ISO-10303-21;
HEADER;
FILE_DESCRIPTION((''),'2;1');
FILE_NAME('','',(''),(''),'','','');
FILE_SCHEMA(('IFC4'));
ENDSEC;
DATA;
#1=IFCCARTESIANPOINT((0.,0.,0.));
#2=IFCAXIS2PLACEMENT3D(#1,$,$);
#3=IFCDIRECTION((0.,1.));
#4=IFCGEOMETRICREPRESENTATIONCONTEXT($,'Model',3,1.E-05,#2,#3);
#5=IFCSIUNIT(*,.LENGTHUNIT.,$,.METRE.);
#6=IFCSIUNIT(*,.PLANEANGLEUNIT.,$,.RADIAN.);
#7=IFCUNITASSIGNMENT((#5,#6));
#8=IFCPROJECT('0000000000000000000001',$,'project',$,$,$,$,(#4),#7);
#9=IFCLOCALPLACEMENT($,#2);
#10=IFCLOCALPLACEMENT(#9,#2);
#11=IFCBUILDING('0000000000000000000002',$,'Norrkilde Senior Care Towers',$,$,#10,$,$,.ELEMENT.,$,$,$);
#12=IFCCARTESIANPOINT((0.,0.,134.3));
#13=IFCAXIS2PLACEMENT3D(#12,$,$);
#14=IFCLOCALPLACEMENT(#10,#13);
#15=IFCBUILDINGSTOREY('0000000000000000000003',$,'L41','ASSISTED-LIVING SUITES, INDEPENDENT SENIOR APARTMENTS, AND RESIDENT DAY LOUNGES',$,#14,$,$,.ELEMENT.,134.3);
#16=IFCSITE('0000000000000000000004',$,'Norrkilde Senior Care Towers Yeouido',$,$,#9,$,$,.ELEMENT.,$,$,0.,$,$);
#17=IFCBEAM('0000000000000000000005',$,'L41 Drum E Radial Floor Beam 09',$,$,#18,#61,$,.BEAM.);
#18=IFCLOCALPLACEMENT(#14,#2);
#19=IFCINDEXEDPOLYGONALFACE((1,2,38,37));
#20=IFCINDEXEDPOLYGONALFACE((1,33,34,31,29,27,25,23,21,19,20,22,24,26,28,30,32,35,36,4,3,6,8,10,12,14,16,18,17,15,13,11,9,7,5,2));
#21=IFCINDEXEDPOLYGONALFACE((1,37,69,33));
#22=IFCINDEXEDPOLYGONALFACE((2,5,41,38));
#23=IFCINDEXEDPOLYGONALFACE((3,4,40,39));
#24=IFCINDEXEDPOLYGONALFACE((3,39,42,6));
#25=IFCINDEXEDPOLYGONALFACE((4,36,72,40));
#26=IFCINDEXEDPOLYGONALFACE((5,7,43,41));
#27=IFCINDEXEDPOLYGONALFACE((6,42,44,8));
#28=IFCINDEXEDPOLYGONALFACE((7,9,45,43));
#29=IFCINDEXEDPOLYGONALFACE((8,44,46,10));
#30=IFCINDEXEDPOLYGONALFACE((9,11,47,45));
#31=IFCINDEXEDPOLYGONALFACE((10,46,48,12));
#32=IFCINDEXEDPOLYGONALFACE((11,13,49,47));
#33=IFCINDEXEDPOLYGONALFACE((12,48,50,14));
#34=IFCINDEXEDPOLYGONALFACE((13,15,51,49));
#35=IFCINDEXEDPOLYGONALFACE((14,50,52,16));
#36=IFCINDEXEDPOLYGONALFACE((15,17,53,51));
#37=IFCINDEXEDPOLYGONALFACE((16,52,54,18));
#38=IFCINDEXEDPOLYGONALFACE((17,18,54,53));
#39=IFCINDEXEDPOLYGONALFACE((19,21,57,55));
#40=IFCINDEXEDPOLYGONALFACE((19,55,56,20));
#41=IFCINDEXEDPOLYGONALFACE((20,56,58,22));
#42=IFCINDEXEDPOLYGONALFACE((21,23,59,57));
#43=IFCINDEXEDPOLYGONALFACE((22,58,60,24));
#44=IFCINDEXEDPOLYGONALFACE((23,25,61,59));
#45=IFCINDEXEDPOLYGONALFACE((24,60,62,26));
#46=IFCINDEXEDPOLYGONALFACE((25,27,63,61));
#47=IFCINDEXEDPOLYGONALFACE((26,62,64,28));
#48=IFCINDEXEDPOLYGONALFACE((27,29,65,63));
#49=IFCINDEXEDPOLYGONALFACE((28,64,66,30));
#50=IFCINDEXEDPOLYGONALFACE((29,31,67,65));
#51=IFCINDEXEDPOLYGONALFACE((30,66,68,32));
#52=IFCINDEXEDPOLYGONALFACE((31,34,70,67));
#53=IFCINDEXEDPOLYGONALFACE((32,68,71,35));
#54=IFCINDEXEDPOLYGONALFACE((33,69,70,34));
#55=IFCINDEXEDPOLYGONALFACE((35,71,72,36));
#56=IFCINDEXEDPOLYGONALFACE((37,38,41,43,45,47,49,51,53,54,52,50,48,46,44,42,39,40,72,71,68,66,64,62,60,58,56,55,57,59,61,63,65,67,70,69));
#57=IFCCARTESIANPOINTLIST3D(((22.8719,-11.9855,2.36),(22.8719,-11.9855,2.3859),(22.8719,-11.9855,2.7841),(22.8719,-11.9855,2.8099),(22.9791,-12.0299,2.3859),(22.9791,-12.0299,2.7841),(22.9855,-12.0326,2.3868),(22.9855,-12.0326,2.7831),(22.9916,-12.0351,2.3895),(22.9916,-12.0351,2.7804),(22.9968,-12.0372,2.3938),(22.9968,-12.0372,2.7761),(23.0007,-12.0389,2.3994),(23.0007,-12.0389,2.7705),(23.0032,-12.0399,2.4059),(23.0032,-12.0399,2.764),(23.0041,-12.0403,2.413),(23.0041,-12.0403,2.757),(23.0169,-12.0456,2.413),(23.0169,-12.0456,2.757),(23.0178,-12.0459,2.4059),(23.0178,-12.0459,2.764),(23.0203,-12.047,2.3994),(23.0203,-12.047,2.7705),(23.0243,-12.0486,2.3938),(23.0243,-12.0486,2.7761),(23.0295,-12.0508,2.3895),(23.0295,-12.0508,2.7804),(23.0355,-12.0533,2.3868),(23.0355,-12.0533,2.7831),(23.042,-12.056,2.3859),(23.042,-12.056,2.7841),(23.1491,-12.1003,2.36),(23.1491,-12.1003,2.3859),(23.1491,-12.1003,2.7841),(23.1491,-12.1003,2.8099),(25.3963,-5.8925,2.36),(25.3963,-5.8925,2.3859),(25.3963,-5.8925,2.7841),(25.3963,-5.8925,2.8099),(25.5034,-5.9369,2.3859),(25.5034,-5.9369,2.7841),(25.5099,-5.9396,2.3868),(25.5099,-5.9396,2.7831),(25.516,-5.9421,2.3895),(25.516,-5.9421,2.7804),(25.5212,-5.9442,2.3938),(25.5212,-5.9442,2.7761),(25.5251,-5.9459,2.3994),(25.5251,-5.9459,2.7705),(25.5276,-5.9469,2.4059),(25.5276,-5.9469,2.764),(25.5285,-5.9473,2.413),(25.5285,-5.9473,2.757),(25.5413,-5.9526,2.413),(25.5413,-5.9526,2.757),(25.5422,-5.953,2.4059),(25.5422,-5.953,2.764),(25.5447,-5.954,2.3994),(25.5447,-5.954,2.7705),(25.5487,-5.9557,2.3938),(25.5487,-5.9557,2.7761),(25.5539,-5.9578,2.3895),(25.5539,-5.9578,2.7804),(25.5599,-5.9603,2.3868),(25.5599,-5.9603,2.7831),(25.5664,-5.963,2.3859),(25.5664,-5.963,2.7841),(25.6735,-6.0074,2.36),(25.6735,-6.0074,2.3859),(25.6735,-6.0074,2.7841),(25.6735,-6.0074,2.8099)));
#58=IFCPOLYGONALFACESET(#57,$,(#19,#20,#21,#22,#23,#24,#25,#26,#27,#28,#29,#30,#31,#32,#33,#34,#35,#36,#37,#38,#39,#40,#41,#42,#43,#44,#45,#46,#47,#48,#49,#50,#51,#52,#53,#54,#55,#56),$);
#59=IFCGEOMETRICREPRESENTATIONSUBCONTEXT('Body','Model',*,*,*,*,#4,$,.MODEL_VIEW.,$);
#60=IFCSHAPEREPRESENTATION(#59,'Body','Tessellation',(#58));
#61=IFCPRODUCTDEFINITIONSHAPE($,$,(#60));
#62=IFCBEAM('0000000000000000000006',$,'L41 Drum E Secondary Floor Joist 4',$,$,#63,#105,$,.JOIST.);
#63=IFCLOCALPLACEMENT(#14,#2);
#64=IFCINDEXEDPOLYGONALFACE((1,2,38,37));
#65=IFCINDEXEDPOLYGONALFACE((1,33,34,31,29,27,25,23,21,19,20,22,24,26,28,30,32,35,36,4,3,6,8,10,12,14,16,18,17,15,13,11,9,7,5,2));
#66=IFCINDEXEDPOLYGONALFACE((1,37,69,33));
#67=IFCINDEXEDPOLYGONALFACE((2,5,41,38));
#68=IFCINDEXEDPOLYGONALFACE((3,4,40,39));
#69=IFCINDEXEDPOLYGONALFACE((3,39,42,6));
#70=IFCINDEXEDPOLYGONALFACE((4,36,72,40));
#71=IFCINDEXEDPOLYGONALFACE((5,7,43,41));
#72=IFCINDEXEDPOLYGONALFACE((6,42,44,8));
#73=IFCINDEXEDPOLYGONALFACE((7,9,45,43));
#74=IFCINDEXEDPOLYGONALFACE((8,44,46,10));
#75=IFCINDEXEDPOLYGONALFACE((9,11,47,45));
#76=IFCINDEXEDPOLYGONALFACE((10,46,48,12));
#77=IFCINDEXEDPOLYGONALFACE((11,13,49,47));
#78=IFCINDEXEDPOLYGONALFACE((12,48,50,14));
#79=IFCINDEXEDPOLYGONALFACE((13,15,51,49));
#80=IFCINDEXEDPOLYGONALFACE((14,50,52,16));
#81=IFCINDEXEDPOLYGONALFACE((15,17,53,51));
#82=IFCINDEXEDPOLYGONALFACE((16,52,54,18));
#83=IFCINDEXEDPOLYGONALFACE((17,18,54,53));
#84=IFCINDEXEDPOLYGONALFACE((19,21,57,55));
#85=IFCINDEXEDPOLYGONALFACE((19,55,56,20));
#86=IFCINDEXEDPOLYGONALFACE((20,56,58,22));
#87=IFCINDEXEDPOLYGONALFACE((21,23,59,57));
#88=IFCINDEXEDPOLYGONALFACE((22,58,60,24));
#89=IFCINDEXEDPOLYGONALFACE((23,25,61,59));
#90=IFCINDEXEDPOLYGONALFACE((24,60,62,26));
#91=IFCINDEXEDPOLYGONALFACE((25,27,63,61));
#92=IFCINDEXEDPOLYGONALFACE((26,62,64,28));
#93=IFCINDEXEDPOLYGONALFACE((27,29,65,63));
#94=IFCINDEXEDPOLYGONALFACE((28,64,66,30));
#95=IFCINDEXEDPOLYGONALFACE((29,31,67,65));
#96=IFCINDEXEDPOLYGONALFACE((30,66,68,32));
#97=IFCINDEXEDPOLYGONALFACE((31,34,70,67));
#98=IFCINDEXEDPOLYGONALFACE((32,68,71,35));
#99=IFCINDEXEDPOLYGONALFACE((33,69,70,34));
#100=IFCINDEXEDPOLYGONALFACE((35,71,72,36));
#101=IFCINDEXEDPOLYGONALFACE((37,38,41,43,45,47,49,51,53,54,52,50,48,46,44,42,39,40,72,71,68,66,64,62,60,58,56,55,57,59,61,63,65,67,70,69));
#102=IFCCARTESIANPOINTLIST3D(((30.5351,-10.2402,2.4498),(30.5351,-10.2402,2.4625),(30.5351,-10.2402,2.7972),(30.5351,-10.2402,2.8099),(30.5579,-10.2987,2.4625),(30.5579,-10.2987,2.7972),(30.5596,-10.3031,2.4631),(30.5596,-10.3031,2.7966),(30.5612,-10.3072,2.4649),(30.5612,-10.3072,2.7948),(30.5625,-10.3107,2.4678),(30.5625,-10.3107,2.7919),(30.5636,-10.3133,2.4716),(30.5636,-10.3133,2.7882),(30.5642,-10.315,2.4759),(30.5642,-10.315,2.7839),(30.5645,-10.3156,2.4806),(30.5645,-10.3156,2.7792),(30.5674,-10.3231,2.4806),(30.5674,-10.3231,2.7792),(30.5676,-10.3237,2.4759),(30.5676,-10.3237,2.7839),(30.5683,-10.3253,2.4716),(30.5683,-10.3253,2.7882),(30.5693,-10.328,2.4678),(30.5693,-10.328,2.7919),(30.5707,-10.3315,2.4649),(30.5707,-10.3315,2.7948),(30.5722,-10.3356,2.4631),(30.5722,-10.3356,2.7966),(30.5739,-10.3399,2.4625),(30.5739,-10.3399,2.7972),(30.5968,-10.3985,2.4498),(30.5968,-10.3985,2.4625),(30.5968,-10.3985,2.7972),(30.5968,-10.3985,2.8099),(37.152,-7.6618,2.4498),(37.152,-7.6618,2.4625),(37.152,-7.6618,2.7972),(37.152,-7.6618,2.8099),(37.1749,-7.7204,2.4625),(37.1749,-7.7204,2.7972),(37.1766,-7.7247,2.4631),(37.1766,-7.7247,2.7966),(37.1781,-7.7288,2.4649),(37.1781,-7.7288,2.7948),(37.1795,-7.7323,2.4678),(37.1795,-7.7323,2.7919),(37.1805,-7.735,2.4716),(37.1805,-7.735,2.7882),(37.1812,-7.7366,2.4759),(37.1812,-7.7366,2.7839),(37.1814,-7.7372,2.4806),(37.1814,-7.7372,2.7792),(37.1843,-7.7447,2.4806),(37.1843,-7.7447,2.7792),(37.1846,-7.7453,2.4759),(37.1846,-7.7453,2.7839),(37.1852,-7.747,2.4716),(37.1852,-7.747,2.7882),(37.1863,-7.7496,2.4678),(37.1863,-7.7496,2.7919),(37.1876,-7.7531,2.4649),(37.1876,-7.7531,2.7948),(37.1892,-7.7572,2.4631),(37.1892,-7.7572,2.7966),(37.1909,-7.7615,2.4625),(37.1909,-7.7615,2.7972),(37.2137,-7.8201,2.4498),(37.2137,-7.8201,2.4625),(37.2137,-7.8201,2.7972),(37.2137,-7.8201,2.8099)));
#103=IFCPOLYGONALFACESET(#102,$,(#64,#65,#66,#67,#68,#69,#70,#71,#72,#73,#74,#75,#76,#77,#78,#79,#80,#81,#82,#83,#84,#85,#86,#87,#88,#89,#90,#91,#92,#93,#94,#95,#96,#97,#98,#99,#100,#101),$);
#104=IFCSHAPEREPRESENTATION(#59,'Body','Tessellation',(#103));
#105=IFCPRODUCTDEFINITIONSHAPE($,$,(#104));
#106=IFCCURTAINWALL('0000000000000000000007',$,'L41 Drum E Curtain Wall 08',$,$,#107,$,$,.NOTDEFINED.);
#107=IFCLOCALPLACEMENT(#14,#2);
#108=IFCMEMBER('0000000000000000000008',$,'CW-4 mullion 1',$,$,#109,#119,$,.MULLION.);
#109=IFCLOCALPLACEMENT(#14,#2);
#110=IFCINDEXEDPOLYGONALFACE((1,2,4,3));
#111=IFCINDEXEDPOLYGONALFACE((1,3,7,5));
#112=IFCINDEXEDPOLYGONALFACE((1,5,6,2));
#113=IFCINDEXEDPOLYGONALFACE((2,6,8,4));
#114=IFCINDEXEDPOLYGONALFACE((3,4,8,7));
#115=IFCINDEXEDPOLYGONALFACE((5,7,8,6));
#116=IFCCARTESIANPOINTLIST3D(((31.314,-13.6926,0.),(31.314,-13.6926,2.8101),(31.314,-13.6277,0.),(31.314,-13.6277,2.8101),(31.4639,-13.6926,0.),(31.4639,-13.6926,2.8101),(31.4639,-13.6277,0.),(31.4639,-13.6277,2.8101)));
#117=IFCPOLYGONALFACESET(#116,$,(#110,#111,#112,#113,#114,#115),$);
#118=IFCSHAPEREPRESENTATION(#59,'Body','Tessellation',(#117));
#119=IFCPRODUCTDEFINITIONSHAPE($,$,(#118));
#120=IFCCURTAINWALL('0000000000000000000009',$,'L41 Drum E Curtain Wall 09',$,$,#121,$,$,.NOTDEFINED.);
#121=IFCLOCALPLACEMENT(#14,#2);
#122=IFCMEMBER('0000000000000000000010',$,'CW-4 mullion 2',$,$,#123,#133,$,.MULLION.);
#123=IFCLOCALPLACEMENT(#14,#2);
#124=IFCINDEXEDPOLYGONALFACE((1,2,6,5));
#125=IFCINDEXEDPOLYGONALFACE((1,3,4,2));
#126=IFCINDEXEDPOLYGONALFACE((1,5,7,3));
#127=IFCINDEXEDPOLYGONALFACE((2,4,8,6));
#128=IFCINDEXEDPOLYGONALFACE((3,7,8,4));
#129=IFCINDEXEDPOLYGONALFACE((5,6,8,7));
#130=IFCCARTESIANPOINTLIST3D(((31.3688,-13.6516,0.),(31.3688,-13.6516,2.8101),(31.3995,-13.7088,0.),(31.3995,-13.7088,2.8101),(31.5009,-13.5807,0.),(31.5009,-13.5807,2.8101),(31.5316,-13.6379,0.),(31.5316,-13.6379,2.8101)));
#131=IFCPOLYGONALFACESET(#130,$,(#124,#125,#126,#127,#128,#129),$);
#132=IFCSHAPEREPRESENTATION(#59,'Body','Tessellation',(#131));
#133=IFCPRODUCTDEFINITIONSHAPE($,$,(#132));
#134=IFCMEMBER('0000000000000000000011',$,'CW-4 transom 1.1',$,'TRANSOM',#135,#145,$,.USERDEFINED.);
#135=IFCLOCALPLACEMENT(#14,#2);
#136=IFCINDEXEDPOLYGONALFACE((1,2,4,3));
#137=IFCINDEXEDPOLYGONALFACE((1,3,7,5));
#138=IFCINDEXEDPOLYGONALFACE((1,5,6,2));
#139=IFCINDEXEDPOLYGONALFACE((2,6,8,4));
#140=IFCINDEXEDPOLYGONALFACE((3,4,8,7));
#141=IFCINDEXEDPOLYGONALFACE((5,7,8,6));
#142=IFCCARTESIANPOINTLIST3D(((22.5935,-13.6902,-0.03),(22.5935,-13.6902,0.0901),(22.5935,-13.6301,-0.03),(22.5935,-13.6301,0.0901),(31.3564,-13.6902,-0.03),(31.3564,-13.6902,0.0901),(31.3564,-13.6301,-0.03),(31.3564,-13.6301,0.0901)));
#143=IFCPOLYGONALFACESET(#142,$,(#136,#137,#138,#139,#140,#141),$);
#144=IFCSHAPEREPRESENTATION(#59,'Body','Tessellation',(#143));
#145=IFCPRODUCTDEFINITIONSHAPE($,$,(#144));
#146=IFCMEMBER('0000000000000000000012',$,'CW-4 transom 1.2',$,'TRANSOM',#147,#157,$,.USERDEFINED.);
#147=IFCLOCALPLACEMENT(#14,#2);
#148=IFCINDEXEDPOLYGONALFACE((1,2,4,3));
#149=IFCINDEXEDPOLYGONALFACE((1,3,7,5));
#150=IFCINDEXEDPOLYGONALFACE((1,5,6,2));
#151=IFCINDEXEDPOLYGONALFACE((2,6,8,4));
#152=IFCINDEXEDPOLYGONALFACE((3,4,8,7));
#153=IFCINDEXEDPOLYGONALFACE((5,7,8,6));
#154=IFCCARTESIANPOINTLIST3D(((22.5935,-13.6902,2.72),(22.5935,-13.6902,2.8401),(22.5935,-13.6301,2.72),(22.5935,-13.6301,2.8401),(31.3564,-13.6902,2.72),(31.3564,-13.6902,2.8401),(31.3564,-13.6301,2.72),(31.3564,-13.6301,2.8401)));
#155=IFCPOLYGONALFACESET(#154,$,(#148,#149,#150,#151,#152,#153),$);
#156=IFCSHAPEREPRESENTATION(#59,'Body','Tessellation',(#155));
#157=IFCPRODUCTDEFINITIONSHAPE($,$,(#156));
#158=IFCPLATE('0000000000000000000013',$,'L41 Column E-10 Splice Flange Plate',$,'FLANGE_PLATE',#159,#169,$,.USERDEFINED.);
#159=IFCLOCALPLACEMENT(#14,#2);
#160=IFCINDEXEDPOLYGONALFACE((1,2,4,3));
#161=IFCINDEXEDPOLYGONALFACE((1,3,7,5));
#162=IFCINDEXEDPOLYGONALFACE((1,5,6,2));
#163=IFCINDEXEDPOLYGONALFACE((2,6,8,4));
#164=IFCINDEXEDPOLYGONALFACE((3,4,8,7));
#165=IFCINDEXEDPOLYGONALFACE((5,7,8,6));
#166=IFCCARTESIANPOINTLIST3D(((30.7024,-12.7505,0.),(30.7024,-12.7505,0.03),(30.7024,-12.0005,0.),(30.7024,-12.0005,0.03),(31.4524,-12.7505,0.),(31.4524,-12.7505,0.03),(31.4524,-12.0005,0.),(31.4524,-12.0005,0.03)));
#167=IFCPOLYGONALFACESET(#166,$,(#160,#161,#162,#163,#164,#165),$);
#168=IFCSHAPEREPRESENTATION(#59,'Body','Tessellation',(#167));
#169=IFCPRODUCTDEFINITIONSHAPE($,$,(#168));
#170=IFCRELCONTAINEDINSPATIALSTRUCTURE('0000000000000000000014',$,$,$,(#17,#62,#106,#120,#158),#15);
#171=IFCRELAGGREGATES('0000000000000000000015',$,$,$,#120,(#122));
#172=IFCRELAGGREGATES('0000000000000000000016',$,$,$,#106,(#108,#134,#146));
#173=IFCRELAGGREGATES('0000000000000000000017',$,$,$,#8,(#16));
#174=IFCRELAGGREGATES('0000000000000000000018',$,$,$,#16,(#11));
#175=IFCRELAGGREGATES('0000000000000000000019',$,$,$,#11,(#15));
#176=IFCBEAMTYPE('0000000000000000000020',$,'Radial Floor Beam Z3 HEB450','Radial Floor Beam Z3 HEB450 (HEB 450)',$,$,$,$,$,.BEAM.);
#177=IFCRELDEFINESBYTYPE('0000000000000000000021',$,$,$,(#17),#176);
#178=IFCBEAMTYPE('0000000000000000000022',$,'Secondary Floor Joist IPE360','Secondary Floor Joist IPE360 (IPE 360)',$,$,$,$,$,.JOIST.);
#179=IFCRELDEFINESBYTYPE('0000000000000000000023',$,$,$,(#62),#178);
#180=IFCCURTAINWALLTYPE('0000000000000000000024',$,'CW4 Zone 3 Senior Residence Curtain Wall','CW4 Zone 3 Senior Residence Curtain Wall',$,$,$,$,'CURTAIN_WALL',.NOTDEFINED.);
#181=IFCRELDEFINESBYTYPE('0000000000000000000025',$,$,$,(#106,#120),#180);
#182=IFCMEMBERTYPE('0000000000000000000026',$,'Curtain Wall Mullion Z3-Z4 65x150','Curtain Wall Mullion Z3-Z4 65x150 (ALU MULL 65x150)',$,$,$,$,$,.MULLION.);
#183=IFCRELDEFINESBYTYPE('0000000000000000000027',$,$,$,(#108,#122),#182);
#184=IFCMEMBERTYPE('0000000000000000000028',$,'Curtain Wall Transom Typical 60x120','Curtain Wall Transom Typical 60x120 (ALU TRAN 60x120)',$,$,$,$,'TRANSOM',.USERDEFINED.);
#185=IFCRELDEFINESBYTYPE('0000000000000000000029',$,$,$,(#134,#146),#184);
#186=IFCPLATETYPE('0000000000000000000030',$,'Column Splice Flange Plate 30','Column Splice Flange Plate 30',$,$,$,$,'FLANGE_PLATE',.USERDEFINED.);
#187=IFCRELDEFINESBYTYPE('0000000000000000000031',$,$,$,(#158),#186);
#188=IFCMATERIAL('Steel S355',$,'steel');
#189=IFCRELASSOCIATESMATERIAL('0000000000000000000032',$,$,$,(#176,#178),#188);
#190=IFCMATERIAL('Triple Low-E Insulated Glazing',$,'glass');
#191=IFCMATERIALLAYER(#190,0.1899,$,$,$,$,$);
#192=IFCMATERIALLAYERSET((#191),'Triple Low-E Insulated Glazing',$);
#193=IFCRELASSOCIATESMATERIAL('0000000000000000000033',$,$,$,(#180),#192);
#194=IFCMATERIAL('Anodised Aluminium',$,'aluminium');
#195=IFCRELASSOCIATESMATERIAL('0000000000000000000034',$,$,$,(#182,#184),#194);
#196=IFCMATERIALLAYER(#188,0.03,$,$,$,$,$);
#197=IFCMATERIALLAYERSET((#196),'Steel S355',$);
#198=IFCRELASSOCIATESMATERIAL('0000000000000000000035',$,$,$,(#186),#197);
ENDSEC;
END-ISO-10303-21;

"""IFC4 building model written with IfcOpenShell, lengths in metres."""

from ifc_helpers import new_model, si_unit, direction, frame, origin, origin_2d, place, context, subcontext, project, spatial, rectangle, i_section, extrude, source, transform, mapped, material, layer, layer_set, material_profile, profile_set, type_object, type_shapes, element, aggregate, save


model = new_model("IFC4")

# Units and contexts
model_context = context("Model", 3, precision=1e-05, world=origin(), true_north=direction((0.0, 1.0)))
body_context = subcontext(model_context, "Body", "Model", "MODEL_VIEW")
ifc_project = project(units=[si_unit("LENGTHUNIT", "METRE"), si_unit("PLANEANGLEUNIT", "RADIAN")], contexts=[model_context])

# Site, building, storey
site_placement = place(None, origin())
site = spatial("IfcSite", under=ifc_project, at=site_placement, Name="Norrkilde Senior Care Towers Yeouido", CompositionType="ELEMENT", RefElevation=0.0)
building_placement = place(site_placement, origin())
building = spatial("IfcBuilding", under=site, at=building_placement, Name="Norrkilde Senior Care Towers", CompositionType="ELEMENT")
storey_placement = place(building_placement, frame((0.0, 0.0, 134.3)))
storey = spatial("IfcBuildingStorey", under=building, at=storey_placement, Name="L41", Description="ASSISTED-LIVING SUITES, INDEPENDENT SENIOR APARTMENTS, AND RESIDENT DAY LOUNGES", CompositionType="ELEMENT", Elevation=134.3)

# Beams
ifc_material_1 = material(Name="Steel S355", Category="steel")
ifc_material_profile_1 = material_profile(ifc_material_1, i_section(OverallWidth=0.3, OverallDepth=0.45, WebThickness=0.0139, FlangeThickness=0.0259, FilletRadius=0.0271, at=origin_2d()), Name="HEB 450")
ifc_profile_set_1 = profile_set([ifc_material_profile_1], Name="Steel S355")
beam_type_1 = type_object("IfcBeamType", Name="Radial Floor Beam Z3 HEB450", Description="Radial Floor Beam Z3 HEB450 (HEB 450)", PredefinedType="BEAM", material=ifc_profile_set_1)
shared_shape_1 = source(origin(), body_context, "Body", "SweptSolid", [
    extrude(i_section(OverallWidth=0.3, OverallDepth=0.45, WebThickness=0.0139, FlangeThickness=0.0259, FilletRadius=0.0271, at=origin_2d()), origin(), (0.0, 0.0, 1.0), 6.5952),
])
beam_1_placement = place(storey_placement, frame((25.5349, -5.95, 2.585), z_axis=(-0.382762, -0.923847, 0.0), x_axis=(0.923847, -0.382762, 0.0)))
element("IfcBeam", 1, at=beam_1_placement, inside=storey, type_object=beam_type_1, Name="L41 Drum E Radial Floor Beam 09", PredefinedType="BEAM", context=body_context, shape_type="MappedRepresentation", body=[
    mapped(shared_shape_1, transform((0.0, 0.0, 0.0), x_axis=(1.0, 0.0, 0.0), y_axis=(0.0, 1.0, 0.0), z_axis=(0.0, 0.0, 1.0), scale=1.0)),
])
ifc_material_profile_2 = material_profile(ifc_material_1, i_section(OverallWidth=0.1699, OverallDepth=0.3601, WebThickness=0.0081, FlangeThickness=0.0127, FilletRadius=0.0181, at=origin_2d()), Name="IPE 360")
ifc_profile_set_2 = profile_set([ifc_material_profile_2], Name="Steel S355")
beam_type_2 = type_object("IfcBeamType", Name="Secondary Floor Joist IPE360", Description="Secondary Floor Joist IPE360 (IPE 360)", PredefinedType="JOIST", material=ifc_profile_set_2)
shared_shape_2 = source(origin(), body_context, "Body", "SweptSolid", [
    extrude(i_section(OverallWidth=0.1699, OverallDepth=0.3601, WebThickness=0.0081, FlangeThickness=0.0127, FilletRadius=0.0181, at=origin_2d()), origin(), (0.0, 0.0, 1.0), 7.1016),
])
type_shapes(beam_type_2, [shared_shape_2])
beam_2_placement = place(storey_placement, frame((30.5659, -10.3193, 2.6299), z_axis=(0.931761, 0.363072, 0.0), x_axis=(-0.363072, 0.931761, 0.0)))
element("IfcBeam", 2, at=beam_2_placement, inside=storey, type_object=beam_type_2, Name="L41 Drum E Secondary Floor Joist 4", PredefinedType="JOIST", context=body_context, shape_type="MappedRepresentation", body=[
    mapped(shared_shape_2, transform((0.0, 0.0, 0.0), x_axis=(1.0, 0.0, 0.0), y_axis=(0.0, 1.0, 0.0), z_axis=(0.0, 0.0, 1.0), scale=1.0)),
])

# Curtain walls, members
ifc_material_2 = material(Name="Triple Low-E Insulated Glazing", Category="glass")
ifc_layer_1 = layer(ifc_material_2, 0.1899)
ifc_layer_set_1 = layer_set([ifc_layer_1], Name="Triple Low-E Insulated Glazing")
curtain_wall_type = type_object("IfcCurtainWallType", Name="CW4 Zone 3 Senior Residence Curtain Wall", Description="CW4 Zone 3 Senior Residence Curtain Wall", ElementType="CURTAIN_WALL", PredefinedType="NOTDEFINED", material=ifc_layer_set_1)
curtain_wall_1_placement = place(storey_placement, origin())
curtain_wall_1 = element("IfcCurtainWall", 3, at=curtain_wall_1_placement, inside=storey, type_object=curtain_wall_type, Name="L41 Drum E Curtain Wall 08", PredefinedType="NOTDEFINED")
ifc_material_3 = material(Name="Anodised Aluminium", Category="aluminium")
ifc_material_profile_3 = material_profile(ifc_material_3, rectangle(XDim=0.0649, YDim=0.1499, at=origin_2d()), Name="ALU MULL 65x150")
ifc_profile_set_3 = profile_set([ifc_material_profile_3], Name="Anodised Aluminium")
member_type_1 = type_object("IfcMemberType", Name="Curtain Wall Mullion Z3-Z4 65x150", Description="Curtain Wall Mullion Z3-Z4 65x150 (ALU MULL 65x150)", PredefinedType="MULLION", material=ifc_profile_set_3)
shared_shape_3 = source(origin(), body_context, "Body", "SweptSolid", [
    extrude(rectangle(XDim=0.0649, YDim=0.1499, at=origin_2d()), origin(), (0.0, 0.0, 1.0), 2.8101),
])
type_shapes(member_type_1, [shared_shape_3])
member_1_placement = place(storey_placement, frame((31.3889, -13.6602, 0.0), z_axis=(0.0, 0.0, 1.0), x_axis=(0.0, -1.0, 0.0)))
member_1 = element("IfcMember", 4, at=member_1_placement, type_object=member_type_1, Name="CW-4 mullion 1", PredefinedType="MULLION", context=body_context, shape_type="MappedRepresentation", body=[
    mapped(shared_shape_3, transform((0.0, 0.0, 0.0), x_axis=(1.0, 0.0, 0.0), y_axis=(0.0, 1.0, 0.0), z_axis=(0.0, 0.0, 1.0), scale=1.0)),
])
curtain_wall_2_placement = place(storey_placement, origin())
curtain_wall_2 = element("IfcCurtainWall", 5, at=curtain_wall_2_placement, inside=storey, type_object=curtain_wall_type, Name="L41 Drum E Curtain Wall 09", PredefinedType="NOTDEFINED")
member_2_placement = place(storey_placement, frame((31.4502, -13.6448, 0.0), z_axis=(0.0, 0.0, 1.0), x_axis=(0.473117, -0.881, 0.0)))
member_2 = element("IfcMember", 6, at=member_2_placement, type_object=member_type_1, Name="CW-4 mullion 2", PredefinedType="MULLION", context=body_context, shape_type="MappedRepresentation", body=[
    mapped(shared_shape_3, transform((0.0, 0.0, 0.0), x_axis=(1.0, 0.0, 0.0), y_axis=(0.0, 1.0, 0.0), z_axis=(0.0, 0.0, 1.0), scale=1.0)),
])
aggregate(curtain_wall_2, [member_2])

# Members
ifc_material_profile_4 = material_profile(ifc_material_3, rectangle(XDim=0.0601, YDim=0.1201, at=origin_2d()), Name="ALU TRAN 60x120")
ifc_profile_set_4 = profile_set([ifc_material_profile_4], Name="Anodised Aluminium")
member_type_2 = type_object("IfcMemberType", Name="Curtain Wall Transom Typical 60x120", Description="Curtain Wall Transom Typical 60x120 (ALU TRAN 60x120)", ElementType="TRANSOM", PredefinedType="USERDEFINED", material=ifc_profile_set_4)
shared_shape_4 = source(origin(), body_context, "Body", "SweptSolid", [
    extrude(rectangle(XDim=0.0601, YDim=0.1201, at=origin_2d()), origin(), (0.0, 0.0, 1.0), 8.7629),
])
type_shapes(member_type_2, [shared_shape_4])
member_3_placement = place(storey_placement, frame((31.3564, -13.6602, 0.03), z_axis=(-1.0, 0.0, 0.0), x_axis=(0.0, -1.0, 0.0)))
member_3 = element("IfcMember", 7, at=member_3_placement, type_object=member_type_2, Name="CW-4 transom 1.1", ObjectType="TRANSOM", PredefinedType="USERDEFINED", context=body_context, shape_type="MappedRepresentation", body=[
    mapped(shared_shape_4, transform((0.0, 0.0, 0.0), x_axis=(1.0, 0.0, 0.0), y_axis=(0.0, 1.0, 0.0), z_axis=(0.0, 0.0, 1.0), scale=1.0)),
])
member_4_placement = place(storey_placement, frame((31.3564, -13.6602, 2.78), z_axis=(-1.0, 0.0, 0.0), x_axis=(0.0, -1.0, 0.0)))
member_4 = element("IfcMember", 8, at=member_4_placement, type_object=member_type_2, Name="CW-4 transom 1.2", ObjectType="TRANSOM", PredefinedType="USERDEFINED", context=body_context, shape_type="MappedRepresentation", body=[
    mapped(shared_shape_4, transform((0.0, 0.0, 0.0), x_axis=(1.0, 0.0, 0.0), y_axis=(0.0, 1.0, 0.0), z_axis=(0.0, 0.0, 1.0), scale=1.0)),
])

# Plate
ifc_layer_2 = layer(ifc_material_1, 0.03)
ifc_layer_set_2 = layer_set([ifc_layer_2], Name="Steel S355")
plate_type_1 = type_object("IfcPlateType", Name="Column Splice Flange Plate 30", Description="Column Splice Flange Plate 30", ElementType="FLANGE_PLATE", PredefinedType="USERDEFINED", material=ifc_layer_set_2)
shared_shape_5 = source(origin(), body_context, "Body", "SweptSolid", [
    extrude(rectangle(XDim=0.75, YDim=0.75, at=origin_2d()), origin(), (0.0, 0.0, 1.0), 0.03),
])
type_shapes(plate_type_1, [shared_shape_5])
plate_1_placement = place(storey_placement, frame((31.0774, -12.3755, 0.0), z_axis=(0.0, 0.0, 1.0), x_axis=(1.0, 0.0, 0.0)))
element("IfcPlate", 9, at=plate_1_placement, inside=storey, type_object=plate_type_1, Name="L41 Column E-10 Splice Flange Plate", ObjectType="FLANGE_PLATE", PredefinedType="USERDEFINED", context=body_context, shape_type="MappedRepresentation", body=[
    mapped(shared_shape_5, transform((0.0, 0.0, 0.0), x_axis=(1.0, 0.0, 0.0), y_axis=(0.0, 1.0, 0.0), z_axis=(0.0, 0.0, 1.0), scale=1.0)),
])
aggregate(curtain_wall_1, [member_1, member_3, member_4])

save(model, "model.ifc")
